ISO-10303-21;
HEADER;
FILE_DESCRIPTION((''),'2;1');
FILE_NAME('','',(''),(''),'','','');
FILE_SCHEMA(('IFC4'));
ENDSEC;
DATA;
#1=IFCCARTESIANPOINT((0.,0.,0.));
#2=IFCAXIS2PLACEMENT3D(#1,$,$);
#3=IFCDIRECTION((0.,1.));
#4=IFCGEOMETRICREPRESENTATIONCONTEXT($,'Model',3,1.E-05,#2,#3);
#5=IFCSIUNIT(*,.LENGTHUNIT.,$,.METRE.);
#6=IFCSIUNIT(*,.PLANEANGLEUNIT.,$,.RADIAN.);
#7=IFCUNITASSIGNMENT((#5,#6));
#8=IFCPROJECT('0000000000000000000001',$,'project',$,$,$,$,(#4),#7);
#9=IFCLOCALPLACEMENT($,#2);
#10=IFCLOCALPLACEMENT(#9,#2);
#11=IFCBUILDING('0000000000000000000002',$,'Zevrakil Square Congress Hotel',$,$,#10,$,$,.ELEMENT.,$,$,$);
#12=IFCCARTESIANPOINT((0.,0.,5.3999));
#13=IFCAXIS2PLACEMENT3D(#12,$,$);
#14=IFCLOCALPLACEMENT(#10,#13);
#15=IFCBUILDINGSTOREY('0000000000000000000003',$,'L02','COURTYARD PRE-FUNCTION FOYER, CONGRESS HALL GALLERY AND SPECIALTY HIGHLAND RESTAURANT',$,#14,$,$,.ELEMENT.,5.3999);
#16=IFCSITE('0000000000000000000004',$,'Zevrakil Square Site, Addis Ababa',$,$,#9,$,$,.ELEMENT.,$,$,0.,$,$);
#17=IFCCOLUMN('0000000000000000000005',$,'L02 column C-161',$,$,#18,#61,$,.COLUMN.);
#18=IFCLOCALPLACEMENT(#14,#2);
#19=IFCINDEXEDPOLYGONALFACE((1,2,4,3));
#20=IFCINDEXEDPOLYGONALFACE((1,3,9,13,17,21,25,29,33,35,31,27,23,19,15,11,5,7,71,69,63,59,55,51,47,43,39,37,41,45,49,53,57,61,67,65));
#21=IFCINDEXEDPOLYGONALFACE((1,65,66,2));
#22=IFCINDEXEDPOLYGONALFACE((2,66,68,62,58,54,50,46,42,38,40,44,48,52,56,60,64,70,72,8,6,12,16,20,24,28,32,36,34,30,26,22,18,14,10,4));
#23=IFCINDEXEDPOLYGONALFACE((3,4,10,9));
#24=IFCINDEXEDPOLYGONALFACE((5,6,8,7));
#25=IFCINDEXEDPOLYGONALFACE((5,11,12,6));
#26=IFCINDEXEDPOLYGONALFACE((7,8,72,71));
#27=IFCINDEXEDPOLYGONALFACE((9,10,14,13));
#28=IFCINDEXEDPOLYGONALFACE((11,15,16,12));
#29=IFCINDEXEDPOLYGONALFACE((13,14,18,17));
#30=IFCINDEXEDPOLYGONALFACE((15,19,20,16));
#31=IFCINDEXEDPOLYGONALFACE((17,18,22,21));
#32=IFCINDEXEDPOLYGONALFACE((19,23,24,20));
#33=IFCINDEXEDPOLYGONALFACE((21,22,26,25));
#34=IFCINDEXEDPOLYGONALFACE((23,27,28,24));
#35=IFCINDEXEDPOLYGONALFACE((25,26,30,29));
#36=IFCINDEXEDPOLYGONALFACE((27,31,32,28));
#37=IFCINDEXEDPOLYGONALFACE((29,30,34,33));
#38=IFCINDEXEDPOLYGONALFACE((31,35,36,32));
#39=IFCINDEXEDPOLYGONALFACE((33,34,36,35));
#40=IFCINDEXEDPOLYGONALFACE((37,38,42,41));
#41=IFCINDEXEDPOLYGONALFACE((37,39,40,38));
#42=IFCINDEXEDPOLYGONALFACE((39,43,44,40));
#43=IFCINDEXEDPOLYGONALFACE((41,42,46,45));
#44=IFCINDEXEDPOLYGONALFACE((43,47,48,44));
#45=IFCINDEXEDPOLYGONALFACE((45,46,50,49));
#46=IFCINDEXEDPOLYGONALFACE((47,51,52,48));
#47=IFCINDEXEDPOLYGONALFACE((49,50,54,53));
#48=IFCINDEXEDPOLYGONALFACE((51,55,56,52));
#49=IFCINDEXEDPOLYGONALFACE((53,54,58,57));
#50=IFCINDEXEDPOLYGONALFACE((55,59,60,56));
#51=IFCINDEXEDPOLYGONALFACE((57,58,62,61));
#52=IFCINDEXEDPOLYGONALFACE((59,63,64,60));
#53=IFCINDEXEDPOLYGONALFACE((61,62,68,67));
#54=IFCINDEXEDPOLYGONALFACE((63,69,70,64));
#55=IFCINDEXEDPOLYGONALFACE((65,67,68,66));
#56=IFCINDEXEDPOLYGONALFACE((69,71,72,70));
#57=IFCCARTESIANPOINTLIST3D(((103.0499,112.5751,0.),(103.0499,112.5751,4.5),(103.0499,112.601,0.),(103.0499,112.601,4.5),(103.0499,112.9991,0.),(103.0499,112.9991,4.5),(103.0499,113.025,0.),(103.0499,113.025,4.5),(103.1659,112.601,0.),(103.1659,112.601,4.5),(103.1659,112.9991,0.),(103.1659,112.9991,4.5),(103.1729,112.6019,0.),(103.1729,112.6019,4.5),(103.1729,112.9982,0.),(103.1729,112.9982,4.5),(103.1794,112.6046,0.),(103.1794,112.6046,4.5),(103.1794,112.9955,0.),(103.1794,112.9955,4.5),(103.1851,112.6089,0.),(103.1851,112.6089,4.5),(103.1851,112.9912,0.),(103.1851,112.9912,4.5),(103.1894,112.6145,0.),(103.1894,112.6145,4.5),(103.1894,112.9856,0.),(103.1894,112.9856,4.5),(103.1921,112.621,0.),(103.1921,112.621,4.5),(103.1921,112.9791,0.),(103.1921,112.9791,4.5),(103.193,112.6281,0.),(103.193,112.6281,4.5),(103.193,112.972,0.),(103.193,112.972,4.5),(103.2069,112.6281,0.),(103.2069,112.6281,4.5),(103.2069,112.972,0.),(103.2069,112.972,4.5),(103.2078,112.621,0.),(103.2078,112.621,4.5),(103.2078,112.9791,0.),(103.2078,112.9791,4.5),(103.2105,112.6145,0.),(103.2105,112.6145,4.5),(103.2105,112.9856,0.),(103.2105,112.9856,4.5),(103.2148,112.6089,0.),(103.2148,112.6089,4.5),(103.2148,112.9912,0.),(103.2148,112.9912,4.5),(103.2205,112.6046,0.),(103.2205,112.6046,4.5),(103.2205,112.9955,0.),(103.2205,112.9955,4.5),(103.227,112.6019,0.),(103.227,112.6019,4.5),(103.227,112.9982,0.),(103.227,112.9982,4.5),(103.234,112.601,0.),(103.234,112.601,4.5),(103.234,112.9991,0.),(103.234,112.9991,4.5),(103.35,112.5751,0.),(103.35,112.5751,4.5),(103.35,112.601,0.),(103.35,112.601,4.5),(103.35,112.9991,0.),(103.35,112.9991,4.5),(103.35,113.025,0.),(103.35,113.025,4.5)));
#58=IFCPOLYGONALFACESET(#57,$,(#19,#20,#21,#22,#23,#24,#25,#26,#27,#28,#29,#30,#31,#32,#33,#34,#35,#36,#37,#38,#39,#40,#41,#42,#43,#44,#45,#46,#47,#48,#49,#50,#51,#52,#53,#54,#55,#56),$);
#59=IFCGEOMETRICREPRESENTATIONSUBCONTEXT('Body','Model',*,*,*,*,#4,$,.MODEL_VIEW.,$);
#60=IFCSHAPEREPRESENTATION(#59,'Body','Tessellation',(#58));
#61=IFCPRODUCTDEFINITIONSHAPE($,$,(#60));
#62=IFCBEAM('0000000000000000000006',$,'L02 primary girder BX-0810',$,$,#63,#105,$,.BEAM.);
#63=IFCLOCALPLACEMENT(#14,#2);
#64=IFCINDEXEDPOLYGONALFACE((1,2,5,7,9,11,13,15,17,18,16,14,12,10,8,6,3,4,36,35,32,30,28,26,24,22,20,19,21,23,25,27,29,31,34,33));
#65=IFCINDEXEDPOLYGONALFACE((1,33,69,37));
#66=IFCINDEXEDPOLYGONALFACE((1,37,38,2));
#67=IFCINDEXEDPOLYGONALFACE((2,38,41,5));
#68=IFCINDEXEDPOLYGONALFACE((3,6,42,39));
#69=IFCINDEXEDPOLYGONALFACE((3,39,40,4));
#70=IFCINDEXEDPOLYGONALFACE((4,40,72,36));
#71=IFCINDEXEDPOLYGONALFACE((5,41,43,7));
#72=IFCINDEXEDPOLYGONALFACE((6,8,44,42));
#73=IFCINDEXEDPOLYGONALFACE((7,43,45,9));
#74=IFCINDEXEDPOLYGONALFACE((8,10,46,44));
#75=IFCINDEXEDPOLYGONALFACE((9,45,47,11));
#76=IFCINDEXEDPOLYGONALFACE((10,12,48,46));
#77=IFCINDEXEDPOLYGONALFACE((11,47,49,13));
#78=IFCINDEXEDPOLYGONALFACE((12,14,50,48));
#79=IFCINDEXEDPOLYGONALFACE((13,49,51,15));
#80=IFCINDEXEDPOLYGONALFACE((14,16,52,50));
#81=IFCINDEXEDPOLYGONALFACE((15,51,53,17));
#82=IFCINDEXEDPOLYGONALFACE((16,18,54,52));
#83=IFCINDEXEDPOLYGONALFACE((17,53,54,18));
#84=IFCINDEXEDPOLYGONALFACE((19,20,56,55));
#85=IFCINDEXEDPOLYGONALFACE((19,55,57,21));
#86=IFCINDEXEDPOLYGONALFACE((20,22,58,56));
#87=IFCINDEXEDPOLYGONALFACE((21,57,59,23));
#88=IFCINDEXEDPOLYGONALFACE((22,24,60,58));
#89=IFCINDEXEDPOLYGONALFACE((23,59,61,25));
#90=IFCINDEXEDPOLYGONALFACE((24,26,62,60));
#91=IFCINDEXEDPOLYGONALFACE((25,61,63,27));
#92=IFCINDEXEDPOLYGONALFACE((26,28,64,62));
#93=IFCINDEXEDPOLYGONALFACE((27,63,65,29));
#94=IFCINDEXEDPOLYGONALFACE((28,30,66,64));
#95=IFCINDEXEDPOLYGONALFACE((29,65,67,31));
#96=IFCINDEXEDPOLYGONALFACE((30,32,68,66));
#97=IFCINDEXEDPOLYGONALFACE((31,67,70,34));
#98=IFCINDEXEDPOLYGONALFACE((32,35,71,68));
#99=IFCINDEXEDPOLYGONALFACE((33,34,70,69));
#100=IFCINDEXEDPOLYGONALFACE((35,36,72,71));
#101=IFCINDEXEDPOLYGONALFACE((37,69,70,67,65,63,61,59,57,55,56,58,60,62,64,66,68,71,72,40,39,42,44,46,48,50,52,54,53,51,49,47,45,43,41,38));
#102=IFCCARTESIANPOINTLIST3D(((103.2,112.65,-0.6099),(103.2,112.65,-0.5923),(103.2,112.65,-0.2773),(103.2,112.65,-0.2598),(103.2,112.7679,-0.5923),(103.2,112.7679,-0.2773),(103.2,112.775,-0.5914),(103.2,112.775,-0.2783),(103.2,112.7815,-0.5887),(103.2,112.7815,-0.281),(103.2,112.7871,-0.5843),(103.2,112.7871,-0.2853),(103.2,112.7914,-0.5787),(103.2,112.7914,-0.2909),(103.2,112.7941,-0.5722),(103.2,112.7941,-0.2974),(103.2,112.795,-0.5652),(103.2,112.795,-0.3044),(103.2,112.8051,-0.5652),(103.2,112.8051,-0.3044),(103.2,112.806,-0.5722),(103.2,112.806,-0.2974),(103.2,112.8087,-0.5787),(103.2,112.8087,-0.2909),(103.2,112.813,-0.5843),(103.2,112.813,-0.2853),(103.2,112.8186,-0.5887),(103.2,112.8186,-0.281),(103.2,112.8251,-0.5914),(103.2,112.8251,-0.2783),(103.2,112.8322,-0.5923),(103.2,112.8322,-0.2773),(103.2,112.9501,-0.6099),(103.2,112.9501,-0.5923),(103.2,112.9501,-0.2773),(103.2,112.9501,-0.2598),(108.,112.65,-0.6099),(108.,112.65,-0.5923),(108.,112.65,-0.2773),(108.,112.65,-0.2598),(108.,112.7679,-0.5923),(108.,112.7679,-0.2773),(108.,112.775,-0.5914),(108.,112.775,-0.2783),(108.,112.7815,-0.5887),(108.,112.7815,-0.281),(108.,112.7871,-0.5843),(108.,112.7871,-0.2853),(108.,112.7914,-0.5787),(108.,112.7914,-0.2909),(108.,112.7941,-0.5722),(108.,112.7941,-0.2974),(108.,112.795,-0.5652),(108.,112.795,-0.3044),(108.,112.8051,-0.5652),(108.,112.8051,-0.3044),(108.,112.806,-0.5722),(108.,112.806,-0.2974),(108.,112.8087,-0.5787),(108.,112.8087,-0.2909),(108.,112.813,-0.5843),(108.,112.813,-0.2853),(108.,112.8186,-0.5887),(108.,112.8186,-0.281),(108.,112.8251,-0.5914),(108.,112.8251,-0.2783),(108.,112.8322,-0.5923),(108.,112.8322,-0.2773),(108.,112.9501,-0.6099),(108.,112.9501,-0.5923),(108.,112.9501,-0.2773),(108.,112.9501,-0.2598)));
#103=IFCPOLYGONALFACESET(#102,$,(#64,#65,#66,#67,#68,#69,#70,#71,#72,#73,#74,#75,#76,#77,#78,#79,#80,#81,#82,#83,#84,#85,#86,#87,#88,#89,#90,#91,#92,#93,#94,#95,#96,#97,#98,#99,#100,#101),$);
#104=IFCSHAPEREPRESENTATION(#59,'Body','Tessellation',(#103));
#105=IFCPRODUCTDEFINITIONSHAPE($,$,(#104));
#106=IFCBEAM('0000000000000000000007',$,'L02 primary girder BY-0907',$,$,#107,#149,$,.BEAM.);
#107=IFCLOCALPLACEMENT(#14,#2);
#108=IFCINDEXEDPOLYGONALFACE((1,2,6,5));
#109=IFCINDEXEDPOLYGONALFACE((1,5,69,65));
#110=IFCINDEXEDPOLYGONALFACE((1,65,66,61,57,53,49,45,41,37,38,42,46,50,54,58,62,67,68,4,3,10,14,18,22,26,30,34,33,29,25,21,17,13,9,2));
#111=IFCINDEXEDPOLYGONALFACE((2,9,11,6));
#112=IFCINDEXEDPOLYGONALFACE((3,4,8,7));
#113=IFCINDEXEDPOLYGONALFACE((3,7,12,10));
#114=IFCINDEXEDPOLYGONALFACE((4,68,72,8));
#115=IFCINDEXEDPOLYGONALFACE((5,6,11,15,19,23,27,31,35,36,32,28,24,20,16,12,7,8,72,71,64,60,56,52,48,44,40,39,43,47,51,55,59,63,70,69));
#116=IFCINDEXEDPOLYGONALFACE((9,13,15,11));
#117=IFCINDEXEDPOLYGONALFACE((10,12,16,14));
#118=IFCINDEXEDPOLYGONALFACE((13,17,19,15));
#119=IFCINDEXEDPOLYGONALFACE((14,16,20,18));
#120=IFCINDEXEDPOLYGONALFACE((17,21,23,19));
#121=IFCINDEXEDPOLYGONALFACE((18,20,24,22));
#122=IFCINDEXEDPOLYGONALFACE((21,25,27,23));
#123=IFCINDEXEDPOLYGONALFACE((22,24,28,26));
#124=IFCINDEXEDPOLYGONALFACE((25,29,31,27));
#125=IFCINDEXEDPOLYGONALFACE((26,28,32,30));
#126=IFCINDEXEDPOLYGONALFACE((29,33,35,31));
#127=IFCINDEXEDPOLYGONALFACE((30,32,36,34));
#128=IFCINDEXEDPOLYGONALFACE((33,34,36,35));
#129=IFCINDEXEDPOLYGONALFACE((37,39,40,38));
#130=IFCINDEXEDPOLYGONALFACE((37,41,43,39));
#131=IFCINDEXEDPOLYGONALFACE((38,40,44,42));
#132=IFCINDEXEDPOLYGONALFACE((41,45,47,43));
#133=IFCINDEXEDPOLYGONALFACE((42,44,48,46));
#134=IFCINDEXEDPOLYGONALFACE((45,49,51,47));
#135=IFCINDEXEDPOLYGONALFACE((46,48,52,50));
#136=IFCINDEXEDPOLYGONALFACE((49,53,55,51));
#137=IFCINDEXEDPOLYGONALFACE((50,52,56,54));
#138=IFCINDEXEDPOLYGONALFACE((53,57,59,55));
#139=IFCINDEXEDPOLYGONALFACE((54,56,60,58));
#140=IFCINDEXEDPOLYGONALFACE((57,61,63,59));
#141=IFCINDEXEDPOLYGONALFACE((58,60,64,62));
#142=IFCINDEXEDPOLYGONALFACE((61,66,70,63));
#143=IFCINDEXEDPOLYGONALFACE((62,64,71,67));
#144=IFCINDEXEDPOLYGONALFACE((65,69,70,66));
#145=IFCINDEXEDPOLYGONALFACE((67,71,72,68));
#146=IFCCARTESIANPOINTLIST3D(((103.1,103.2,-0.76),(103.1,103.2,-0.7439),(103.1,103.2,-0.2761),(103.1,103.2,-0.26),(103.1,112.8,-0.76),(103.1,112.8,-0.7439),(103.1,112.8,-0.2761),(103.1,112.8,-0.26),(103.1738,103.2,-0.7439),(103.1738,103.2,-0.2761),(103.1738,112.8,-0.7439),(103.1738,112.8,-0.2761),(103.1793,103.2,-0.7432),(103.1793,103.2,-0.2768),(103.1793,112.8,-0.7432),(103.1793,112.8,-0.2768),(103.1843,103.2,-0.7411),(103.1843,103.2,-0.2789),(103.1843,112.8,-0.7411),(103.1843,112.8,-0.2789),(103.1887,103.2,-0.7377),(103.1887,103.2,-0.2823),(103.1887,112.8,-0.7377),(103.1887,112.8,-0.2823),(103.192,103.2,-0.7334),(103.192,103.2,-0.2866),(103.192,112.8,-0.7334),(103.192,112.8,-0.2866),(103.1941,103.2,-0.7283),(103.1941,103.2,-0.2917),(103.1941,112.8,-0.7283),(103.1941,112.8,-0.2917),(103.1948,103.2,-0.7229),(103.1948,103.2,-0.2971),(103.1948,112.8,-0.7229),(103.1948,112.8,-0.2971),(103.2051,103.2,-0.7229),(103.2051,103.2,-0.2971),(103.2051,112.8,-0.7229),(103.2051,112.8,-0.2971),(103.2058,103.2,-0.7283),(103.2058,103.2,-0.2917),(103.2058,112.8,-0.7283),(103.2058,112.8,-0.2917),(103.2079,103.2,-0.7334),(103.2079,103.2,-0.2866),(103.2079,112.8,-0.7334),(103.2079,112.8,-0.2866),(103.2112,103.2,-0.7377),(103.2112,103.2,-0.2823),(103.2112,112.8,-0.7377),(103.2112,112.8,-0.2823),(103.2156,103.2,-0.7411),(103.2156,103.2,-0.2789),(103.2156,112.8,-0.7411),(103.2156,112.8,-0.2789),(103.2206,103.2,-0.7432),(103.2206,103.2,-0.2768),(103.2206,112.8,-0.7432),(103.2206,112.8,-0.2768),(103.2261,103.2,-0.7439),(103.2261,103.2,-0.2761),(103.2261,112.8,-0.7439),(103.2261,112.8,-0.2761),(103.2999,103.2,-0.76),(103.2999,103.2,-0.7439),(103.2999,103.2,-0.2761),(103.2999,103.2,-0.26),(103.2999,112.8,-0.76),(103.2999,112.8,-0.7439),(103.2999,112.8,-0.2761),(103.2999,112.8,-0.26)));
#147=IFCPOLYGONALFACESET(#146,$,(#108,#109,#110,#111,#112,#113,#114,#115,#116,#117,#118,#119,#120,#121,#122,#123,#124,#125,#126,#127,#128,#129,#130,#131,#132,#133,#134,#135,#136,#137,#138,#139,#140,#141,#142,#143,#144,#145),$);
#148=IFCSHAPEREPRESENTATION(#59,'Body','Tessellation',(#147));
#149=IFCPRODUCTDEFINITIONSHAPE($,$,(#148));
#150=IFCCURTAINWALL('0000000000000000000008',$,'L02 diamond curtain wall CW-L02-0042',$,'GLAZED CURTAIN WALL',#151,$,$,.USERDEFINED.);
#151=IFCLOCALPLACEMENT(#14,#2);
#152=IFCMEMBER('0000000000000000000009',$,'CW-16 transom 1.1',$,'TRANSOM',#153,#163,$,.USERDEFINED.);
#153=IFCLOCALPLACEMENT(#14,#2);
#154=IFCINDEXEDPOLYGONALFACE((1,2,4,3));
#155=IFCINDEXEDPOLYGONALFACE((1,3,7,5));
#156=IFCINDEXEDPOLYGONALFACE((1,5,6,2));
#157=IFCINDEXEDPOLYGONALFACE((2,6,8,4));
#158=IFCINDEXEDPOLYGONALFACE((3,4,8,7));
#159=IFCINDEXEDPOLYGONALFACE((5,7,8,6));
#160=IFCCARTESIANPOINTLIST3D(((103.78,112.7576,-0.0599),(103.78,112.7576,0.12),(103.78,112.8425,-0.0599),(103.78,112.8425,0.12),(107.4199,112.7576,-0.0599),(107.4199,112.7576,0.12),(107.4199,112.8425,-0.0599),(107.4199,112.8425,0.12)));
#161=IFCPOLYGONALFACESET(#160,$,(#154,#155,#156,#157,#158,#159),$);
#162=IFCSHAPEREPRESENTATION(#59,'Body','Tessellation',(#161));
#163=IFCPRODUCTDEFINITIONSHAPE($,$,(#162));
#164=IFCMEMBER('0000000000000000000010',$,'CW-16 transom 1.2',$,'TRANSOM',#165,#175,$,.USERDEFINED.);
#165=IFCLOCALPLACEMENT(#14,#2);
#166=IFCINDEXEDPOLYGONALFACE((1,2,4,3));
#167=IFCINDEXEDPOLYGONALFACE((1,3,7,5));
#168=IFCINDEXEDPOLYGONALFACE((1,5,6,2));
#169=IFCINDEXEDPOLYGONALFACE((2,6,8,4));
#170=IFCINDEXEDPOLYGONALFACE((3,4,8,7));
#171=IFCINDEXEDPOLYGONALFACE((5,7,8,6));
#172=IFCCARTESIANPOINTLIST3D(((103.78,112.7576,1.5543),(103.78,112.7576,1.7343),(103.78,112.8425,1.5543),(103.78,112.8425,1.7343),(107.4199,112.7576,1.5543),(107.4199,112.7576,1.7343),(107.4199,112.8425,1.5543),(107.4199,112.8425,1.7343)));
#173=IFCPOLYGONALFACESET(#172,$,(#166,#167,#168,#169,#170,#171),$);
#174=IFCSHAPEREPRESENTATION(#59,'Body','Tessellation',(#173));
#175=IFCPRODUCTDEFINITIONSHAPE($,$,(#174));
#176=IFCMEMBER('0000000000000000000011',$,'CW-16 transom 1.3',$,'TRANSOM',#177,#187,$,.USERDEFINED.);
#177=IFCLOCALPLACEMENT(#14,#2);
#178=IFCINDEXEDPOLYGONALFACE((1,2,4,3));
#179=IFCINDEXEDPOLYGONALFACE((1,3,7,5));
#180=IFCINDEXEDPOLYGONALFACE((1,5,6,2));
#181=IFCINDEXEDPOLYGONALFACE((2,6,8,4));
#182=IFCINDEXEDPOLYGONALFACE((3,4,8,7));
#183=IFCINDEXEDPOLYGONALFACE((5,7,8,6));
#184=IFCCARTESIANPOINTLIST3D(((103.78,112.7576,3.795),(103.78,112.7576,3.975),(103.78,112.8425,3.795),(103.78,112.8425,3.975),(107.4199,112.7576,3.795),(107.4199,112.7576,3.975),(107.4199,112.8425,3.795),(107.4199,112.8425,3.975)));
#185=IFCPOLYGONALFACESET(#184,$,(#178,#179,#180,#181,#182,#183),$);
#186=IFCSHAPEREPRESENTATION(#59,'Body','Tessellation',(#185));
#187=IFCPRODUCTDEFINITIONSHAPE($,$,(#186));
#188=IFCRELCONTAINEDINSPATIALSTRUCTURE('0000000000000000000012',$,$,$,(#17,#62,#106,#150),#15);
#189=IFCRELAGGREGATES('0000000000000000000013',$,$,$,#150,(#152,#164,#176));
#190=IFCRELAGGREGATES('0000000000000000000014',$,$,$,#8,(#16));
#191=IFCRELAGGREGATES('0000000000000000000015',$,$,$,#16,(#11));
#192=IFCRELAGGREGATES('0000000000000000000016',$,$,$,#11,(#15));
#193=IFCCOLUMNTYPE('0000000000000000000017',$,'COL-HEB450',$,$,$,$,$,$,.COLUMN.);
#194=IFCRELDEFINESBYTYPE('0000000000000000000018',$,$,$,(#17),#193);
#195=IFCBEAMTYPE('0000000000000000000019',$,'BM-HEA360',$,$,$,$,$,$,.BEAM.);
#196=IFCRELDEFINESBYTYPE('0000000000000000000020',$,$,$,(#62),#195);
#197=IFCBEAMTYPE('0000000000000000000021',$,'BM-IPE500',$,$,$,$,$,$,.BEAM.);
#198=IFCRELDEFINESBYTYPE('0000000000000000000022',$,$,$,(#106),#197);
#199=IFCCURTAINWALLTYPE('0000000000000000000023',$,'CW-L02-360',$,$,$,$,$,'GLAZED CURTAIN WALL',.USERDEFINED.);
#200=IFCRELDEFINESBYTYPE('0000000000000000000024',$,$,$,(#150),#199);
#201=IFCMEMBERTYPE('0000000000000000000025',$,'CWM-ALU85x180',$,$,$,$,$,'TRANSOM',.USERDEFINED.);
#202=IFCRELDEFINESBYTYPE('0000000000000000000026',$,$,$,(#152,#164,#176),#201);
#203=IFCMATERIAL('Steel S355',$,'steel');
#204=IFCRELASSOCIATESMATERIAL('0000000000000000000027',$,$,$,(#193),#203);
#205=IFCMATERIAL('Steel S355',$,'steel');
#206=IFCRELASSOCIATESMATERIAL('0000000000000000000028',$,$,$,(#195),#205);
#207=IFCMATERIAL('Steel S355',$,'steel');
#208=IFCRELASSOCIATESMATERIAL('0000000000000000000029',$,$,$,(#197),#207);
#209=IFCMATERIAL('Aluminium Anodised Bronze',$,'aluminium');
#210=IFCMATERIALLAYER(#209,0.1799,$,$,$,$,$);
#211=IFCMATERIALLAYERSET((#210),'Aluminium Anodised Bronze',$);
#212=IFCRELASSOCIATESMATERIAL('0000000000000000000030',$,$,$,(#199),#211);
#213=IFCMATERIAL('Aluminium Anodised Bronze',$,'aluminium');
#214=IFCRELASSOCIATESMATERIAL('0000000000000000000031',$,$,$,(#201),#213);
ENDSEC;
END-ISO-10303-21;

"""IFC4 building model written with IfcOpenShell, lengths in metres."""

from ifc_helpers import new_model, si_unit, direction, frame, origin, origin_2d, place, context, subcontext, project, spatial, rectangle, i_section, extrude, material, layer, layer_set, material_profile, profile_set, type_object, element, aggregate, save


model = new_model("IFC4")

# Units and contexts
model_context = context("Model", 3, precision=1e-05, world=origin(), true_north=direction((0.0, 1.0)))
body_context = subcontext(model_context, "Body", "Model", "MODEL_VIEW")
ifc_project = project(units=[si_unit("LENGTHUNIT", "METRE"), si_unit("PLANEANGLEUNIT", "RADIAN")], contexts=[model_context])

# Site, building, storey
site_placement = place(None, origin())
site = spatial("IfcSite", under=ifc_project, at=site_placement, Name="Zevrakil Square Site, Addis Ababa", CompositionType="ELEMENT", RefElevation=0.0)
building_placement = place(site_placement, origin())
building = spatial("IfcBuilding", under=site, at=building_placement, Name="Zevrakil Square Congress Hotel", CompositionType="ELEMENT")
storey_placement = place(building_placement, frame((0.0, 0.0, 5.3999)))
storey = spatial("IfcBuildingStorey", under=building, at=storey_placement, Name="L02", Description="COURTYARD PRE-FUNCTION FOYER, CONGRESS HALL GALLERY AND SPECIALTY HIGHLAND RESTAURANT", CompositionType="ELEMENT", Elevation=5.3999)

# Column
ifc_material_1 = material(Name="Steel S355", Category="steel")
ifc_material_profile_1 = material_profile(ifc_material_1, i_section(OverallWidth=0.3, OverallDepth=0.45, WebThickness=0.0139, FlangeThickness=0.0259, FilletRadius=0.0271, at=origin_2d()), Name="HEB 450")
ifc_profile_set_1 = profile_set([ifc_material_profile_1], Name="Steel S355")
column_type = type_object("IfcColumnType", Name="COL-HEB450", PredefinedType="COLUMN", material=ifc_profile_set_1)
column_placement = place(storey_placement, frame((103.2, 112.8, 0.0), z_axis=(0.0, 0.0, 1.0), x_axis=(1.0, 0.0, 0.0)))
element("IfcColumn", 1, at=column_placement, inside=storey, type_object=column_type, Name="L02 column C-161", PredefinedType="COLUMN", context=body_context, shape_type="SweptSolid", body=[
    extrude(i_section(OverallWidth=0.3, OverallDepth=0.45, WebThickness=0.0139, FlangeThickness=0.0259, FilletRadius=0.0271, at=origin_2d()), origin(), (0.0, 0.0, 1.0), 4.5),
])

# Beams
ifc_material_2 = material(Name="Steel S355", Category="steel")
ifc_material_profile_2 = material_profile(ifc_material_2, i_section(OverallWidth=0.3, OverallDepth=0.3501, WebThickness=0.01, FlangeThickness=0.0176, FilletRadius=0.0271, at=origin_2d()), Name="HEA 360")
ifc_profile_set_2 = profile_set([ifc_material_profile_2], Name="Steel S355")
beam_type_1 = type_object("IfcBeamType", Name="BM-HEA360", PredefinedType="BEAM", material=ifc_profile_set_2)
beam_1_placement = place(storey_placement, frame((103.2, 112.8, -0.4348), z_axis=(1.0, 0.0, 0.0), x_axis=(0.0, 1.0, 0.0)))
element("IfcBeam", 2, at=beam_1_placement, inside=storey, type_object=beam_type_1, Name="L02 primary girder BX-0810", PredefinedType="BEAM", context=body_context, shape_type="SweptSolid", body=[
    extrude(i_section(OverallWidth=0.3, OverallDepth=0.3501, WebThickness=0.01, FlangeThickness=0.0176, FilletRadius=0.0271, at=origin_2d()), origin(), (0.0, 0.0, 1.0), 4.8),
])
ifc_material_3 = material(Name="Steel S355", Category="steel")
ifc_material_profile_3 = material_profile(ifc_material_3, i_section(OverallWidth=0.2, OverallDepth=0.5, WebThickness=0.0103, FlangeThickness=0.0161, FilletRadius=0.021, at=origin_2d()), Name="IPE 500")
ifc_profile_set_3 = profile_set([ifc_material_profile_3], Name="Steel S355")
beam_type_2 = type_object("IfcBeamType", Name="BM-IPE500", PredefinedType="BEAM", material=ifc_profile_set_3)
beam_2_placement = place(storey_placement, frame((103.2, 103.2, -0.51), z_axis=(0.0, 1.0, 0.0), x_axis=(-1.0, 0.0, 0.0)))
element("IfcBeam", 3, at=beam_2_placement, inside=storey, type_object=beam_type_2, Name="L02 primary girder BY-0907", PredefinedType="BEAM", context=body_context, shape_type="SweptSolid", body=[
    extrude(i_section(OverallWidth=0.2, OverallDepth=0.5, WebThickness=0.0103, FlangeThickness=0.0161, FilletRadius=0.021, at=origin_2d()), origin(), (0.0, 0.0, 1.0), 9.6001),
])

# Curtain wall, members
ifc_material_4 = material(Name="Aluminium Anodised Bronze", Category="aluminium")
ifc_layer_1 = layer(ifc_material_4, 0.1799)
ifc_layer_set_1 = layer_set([ifc_layer_1], Name="Aluminium Anodised Bronze")
curtain_wall_type = type_object("IfcCurtainWallType", Name="CW-L02-360", ElementType="GLAZED CURTAIN WALL", PredefinedType="USERDEFINED", material=ifc_layer_set_1)
curtain_wall_placement = place(storey_placement, origin())
curtain_wall = element("IfcCurtainWall", 4, at=curtain_wall_placement, inside=storey, type_object=curtain_wall_type, Name="L02 diamond curtain wall CW-L02-0042", ObjectType="GLAZED CURTAIN WALL", PredefinedType="USERDEFINED")
ifc_material_5 = material(Name="Aluminium Anodised Bronze", Category="aluminium")
ifc_material_profile_4 = material_profile(ifc_material_5, rectangle(XDim=0.085, YDim=0.1799, at=origin_2d()), Name="ALU 85x180")
ifc_profile_set_4 = profile_set([ifc_material_profile_4], Name="Aluminium Anodised Bronze")
member_type_1 = type_object("IfcMemberType", Name="CWM-ALU85x180", ElementType="TRANSOM", PredefinedType="USERDEFINED", material=ifc_profile_set_4)
member_1_placement = place(storey_placement, frame((103.78, 112.8, 0.03), z_axis=(1.0, 0.0, 0.0), x_axis=(0.0, 1.0, 0.0)))
member_1 = element("IfcMember", 5, at=member_1_placement, type_object=member_type_1, Name="CW-16 transom 1.1", ObjectType="TRANSOM", PredefinedType="USERDEFINED", context=body_context, shape_type="SweptSolid", body=[
    extrude(rectangle(XDim=0.085, YDim=0.1799, at=origin_2d()), origin(), (0.0, 0.0, 1.0), 3.6399),
])
member_2_placement = place(storey_placement, frame((103.78, 112.8, 1.6443), z_axis=(1.0, 0.0, 0.0), x_axis=(0.0, 1.0, 0.0)))
member_2 = element("IfcMember", 6, at=member_2_placement, type_object=member_type_1, Name="CW-16 transom 1.2", ObjectType="TRANSOM", PredefinedType="USERDEFINED", context=body_context, shape_type="SweptSolid", body=[
    extrude(rectangle(XDim=0.085, YDim=0.1799, at=origin_2d()), origin(), (0.0, 0.0, 1.0), 3.6399),
])
member_3_placement = place(storey_placement, frame((103.78, 112.8, 3.885), z_axis=(1.0, 0.0, 0.0), x_axis=(0.0, 1.0, 0.0)))
member_3 = element("IfcMember", 7, at=member_3_placement, type_object=member_type_1, Name="CW-16 transom 1.3", ObjectType="TRANSOM", PredefinedType="USERDEFINED", context=body_context, shape_type="SweptSolid", body=[
    extrude(rectangle(XDim=0.085, YDim=0.1799, at=origin_2d()), origin(), (0.0, 0.0, 1.0), 3.6399),
])
aggregate(curtain_wall, [member_1, member_2, member_3])

save(model, "model.ifc")
